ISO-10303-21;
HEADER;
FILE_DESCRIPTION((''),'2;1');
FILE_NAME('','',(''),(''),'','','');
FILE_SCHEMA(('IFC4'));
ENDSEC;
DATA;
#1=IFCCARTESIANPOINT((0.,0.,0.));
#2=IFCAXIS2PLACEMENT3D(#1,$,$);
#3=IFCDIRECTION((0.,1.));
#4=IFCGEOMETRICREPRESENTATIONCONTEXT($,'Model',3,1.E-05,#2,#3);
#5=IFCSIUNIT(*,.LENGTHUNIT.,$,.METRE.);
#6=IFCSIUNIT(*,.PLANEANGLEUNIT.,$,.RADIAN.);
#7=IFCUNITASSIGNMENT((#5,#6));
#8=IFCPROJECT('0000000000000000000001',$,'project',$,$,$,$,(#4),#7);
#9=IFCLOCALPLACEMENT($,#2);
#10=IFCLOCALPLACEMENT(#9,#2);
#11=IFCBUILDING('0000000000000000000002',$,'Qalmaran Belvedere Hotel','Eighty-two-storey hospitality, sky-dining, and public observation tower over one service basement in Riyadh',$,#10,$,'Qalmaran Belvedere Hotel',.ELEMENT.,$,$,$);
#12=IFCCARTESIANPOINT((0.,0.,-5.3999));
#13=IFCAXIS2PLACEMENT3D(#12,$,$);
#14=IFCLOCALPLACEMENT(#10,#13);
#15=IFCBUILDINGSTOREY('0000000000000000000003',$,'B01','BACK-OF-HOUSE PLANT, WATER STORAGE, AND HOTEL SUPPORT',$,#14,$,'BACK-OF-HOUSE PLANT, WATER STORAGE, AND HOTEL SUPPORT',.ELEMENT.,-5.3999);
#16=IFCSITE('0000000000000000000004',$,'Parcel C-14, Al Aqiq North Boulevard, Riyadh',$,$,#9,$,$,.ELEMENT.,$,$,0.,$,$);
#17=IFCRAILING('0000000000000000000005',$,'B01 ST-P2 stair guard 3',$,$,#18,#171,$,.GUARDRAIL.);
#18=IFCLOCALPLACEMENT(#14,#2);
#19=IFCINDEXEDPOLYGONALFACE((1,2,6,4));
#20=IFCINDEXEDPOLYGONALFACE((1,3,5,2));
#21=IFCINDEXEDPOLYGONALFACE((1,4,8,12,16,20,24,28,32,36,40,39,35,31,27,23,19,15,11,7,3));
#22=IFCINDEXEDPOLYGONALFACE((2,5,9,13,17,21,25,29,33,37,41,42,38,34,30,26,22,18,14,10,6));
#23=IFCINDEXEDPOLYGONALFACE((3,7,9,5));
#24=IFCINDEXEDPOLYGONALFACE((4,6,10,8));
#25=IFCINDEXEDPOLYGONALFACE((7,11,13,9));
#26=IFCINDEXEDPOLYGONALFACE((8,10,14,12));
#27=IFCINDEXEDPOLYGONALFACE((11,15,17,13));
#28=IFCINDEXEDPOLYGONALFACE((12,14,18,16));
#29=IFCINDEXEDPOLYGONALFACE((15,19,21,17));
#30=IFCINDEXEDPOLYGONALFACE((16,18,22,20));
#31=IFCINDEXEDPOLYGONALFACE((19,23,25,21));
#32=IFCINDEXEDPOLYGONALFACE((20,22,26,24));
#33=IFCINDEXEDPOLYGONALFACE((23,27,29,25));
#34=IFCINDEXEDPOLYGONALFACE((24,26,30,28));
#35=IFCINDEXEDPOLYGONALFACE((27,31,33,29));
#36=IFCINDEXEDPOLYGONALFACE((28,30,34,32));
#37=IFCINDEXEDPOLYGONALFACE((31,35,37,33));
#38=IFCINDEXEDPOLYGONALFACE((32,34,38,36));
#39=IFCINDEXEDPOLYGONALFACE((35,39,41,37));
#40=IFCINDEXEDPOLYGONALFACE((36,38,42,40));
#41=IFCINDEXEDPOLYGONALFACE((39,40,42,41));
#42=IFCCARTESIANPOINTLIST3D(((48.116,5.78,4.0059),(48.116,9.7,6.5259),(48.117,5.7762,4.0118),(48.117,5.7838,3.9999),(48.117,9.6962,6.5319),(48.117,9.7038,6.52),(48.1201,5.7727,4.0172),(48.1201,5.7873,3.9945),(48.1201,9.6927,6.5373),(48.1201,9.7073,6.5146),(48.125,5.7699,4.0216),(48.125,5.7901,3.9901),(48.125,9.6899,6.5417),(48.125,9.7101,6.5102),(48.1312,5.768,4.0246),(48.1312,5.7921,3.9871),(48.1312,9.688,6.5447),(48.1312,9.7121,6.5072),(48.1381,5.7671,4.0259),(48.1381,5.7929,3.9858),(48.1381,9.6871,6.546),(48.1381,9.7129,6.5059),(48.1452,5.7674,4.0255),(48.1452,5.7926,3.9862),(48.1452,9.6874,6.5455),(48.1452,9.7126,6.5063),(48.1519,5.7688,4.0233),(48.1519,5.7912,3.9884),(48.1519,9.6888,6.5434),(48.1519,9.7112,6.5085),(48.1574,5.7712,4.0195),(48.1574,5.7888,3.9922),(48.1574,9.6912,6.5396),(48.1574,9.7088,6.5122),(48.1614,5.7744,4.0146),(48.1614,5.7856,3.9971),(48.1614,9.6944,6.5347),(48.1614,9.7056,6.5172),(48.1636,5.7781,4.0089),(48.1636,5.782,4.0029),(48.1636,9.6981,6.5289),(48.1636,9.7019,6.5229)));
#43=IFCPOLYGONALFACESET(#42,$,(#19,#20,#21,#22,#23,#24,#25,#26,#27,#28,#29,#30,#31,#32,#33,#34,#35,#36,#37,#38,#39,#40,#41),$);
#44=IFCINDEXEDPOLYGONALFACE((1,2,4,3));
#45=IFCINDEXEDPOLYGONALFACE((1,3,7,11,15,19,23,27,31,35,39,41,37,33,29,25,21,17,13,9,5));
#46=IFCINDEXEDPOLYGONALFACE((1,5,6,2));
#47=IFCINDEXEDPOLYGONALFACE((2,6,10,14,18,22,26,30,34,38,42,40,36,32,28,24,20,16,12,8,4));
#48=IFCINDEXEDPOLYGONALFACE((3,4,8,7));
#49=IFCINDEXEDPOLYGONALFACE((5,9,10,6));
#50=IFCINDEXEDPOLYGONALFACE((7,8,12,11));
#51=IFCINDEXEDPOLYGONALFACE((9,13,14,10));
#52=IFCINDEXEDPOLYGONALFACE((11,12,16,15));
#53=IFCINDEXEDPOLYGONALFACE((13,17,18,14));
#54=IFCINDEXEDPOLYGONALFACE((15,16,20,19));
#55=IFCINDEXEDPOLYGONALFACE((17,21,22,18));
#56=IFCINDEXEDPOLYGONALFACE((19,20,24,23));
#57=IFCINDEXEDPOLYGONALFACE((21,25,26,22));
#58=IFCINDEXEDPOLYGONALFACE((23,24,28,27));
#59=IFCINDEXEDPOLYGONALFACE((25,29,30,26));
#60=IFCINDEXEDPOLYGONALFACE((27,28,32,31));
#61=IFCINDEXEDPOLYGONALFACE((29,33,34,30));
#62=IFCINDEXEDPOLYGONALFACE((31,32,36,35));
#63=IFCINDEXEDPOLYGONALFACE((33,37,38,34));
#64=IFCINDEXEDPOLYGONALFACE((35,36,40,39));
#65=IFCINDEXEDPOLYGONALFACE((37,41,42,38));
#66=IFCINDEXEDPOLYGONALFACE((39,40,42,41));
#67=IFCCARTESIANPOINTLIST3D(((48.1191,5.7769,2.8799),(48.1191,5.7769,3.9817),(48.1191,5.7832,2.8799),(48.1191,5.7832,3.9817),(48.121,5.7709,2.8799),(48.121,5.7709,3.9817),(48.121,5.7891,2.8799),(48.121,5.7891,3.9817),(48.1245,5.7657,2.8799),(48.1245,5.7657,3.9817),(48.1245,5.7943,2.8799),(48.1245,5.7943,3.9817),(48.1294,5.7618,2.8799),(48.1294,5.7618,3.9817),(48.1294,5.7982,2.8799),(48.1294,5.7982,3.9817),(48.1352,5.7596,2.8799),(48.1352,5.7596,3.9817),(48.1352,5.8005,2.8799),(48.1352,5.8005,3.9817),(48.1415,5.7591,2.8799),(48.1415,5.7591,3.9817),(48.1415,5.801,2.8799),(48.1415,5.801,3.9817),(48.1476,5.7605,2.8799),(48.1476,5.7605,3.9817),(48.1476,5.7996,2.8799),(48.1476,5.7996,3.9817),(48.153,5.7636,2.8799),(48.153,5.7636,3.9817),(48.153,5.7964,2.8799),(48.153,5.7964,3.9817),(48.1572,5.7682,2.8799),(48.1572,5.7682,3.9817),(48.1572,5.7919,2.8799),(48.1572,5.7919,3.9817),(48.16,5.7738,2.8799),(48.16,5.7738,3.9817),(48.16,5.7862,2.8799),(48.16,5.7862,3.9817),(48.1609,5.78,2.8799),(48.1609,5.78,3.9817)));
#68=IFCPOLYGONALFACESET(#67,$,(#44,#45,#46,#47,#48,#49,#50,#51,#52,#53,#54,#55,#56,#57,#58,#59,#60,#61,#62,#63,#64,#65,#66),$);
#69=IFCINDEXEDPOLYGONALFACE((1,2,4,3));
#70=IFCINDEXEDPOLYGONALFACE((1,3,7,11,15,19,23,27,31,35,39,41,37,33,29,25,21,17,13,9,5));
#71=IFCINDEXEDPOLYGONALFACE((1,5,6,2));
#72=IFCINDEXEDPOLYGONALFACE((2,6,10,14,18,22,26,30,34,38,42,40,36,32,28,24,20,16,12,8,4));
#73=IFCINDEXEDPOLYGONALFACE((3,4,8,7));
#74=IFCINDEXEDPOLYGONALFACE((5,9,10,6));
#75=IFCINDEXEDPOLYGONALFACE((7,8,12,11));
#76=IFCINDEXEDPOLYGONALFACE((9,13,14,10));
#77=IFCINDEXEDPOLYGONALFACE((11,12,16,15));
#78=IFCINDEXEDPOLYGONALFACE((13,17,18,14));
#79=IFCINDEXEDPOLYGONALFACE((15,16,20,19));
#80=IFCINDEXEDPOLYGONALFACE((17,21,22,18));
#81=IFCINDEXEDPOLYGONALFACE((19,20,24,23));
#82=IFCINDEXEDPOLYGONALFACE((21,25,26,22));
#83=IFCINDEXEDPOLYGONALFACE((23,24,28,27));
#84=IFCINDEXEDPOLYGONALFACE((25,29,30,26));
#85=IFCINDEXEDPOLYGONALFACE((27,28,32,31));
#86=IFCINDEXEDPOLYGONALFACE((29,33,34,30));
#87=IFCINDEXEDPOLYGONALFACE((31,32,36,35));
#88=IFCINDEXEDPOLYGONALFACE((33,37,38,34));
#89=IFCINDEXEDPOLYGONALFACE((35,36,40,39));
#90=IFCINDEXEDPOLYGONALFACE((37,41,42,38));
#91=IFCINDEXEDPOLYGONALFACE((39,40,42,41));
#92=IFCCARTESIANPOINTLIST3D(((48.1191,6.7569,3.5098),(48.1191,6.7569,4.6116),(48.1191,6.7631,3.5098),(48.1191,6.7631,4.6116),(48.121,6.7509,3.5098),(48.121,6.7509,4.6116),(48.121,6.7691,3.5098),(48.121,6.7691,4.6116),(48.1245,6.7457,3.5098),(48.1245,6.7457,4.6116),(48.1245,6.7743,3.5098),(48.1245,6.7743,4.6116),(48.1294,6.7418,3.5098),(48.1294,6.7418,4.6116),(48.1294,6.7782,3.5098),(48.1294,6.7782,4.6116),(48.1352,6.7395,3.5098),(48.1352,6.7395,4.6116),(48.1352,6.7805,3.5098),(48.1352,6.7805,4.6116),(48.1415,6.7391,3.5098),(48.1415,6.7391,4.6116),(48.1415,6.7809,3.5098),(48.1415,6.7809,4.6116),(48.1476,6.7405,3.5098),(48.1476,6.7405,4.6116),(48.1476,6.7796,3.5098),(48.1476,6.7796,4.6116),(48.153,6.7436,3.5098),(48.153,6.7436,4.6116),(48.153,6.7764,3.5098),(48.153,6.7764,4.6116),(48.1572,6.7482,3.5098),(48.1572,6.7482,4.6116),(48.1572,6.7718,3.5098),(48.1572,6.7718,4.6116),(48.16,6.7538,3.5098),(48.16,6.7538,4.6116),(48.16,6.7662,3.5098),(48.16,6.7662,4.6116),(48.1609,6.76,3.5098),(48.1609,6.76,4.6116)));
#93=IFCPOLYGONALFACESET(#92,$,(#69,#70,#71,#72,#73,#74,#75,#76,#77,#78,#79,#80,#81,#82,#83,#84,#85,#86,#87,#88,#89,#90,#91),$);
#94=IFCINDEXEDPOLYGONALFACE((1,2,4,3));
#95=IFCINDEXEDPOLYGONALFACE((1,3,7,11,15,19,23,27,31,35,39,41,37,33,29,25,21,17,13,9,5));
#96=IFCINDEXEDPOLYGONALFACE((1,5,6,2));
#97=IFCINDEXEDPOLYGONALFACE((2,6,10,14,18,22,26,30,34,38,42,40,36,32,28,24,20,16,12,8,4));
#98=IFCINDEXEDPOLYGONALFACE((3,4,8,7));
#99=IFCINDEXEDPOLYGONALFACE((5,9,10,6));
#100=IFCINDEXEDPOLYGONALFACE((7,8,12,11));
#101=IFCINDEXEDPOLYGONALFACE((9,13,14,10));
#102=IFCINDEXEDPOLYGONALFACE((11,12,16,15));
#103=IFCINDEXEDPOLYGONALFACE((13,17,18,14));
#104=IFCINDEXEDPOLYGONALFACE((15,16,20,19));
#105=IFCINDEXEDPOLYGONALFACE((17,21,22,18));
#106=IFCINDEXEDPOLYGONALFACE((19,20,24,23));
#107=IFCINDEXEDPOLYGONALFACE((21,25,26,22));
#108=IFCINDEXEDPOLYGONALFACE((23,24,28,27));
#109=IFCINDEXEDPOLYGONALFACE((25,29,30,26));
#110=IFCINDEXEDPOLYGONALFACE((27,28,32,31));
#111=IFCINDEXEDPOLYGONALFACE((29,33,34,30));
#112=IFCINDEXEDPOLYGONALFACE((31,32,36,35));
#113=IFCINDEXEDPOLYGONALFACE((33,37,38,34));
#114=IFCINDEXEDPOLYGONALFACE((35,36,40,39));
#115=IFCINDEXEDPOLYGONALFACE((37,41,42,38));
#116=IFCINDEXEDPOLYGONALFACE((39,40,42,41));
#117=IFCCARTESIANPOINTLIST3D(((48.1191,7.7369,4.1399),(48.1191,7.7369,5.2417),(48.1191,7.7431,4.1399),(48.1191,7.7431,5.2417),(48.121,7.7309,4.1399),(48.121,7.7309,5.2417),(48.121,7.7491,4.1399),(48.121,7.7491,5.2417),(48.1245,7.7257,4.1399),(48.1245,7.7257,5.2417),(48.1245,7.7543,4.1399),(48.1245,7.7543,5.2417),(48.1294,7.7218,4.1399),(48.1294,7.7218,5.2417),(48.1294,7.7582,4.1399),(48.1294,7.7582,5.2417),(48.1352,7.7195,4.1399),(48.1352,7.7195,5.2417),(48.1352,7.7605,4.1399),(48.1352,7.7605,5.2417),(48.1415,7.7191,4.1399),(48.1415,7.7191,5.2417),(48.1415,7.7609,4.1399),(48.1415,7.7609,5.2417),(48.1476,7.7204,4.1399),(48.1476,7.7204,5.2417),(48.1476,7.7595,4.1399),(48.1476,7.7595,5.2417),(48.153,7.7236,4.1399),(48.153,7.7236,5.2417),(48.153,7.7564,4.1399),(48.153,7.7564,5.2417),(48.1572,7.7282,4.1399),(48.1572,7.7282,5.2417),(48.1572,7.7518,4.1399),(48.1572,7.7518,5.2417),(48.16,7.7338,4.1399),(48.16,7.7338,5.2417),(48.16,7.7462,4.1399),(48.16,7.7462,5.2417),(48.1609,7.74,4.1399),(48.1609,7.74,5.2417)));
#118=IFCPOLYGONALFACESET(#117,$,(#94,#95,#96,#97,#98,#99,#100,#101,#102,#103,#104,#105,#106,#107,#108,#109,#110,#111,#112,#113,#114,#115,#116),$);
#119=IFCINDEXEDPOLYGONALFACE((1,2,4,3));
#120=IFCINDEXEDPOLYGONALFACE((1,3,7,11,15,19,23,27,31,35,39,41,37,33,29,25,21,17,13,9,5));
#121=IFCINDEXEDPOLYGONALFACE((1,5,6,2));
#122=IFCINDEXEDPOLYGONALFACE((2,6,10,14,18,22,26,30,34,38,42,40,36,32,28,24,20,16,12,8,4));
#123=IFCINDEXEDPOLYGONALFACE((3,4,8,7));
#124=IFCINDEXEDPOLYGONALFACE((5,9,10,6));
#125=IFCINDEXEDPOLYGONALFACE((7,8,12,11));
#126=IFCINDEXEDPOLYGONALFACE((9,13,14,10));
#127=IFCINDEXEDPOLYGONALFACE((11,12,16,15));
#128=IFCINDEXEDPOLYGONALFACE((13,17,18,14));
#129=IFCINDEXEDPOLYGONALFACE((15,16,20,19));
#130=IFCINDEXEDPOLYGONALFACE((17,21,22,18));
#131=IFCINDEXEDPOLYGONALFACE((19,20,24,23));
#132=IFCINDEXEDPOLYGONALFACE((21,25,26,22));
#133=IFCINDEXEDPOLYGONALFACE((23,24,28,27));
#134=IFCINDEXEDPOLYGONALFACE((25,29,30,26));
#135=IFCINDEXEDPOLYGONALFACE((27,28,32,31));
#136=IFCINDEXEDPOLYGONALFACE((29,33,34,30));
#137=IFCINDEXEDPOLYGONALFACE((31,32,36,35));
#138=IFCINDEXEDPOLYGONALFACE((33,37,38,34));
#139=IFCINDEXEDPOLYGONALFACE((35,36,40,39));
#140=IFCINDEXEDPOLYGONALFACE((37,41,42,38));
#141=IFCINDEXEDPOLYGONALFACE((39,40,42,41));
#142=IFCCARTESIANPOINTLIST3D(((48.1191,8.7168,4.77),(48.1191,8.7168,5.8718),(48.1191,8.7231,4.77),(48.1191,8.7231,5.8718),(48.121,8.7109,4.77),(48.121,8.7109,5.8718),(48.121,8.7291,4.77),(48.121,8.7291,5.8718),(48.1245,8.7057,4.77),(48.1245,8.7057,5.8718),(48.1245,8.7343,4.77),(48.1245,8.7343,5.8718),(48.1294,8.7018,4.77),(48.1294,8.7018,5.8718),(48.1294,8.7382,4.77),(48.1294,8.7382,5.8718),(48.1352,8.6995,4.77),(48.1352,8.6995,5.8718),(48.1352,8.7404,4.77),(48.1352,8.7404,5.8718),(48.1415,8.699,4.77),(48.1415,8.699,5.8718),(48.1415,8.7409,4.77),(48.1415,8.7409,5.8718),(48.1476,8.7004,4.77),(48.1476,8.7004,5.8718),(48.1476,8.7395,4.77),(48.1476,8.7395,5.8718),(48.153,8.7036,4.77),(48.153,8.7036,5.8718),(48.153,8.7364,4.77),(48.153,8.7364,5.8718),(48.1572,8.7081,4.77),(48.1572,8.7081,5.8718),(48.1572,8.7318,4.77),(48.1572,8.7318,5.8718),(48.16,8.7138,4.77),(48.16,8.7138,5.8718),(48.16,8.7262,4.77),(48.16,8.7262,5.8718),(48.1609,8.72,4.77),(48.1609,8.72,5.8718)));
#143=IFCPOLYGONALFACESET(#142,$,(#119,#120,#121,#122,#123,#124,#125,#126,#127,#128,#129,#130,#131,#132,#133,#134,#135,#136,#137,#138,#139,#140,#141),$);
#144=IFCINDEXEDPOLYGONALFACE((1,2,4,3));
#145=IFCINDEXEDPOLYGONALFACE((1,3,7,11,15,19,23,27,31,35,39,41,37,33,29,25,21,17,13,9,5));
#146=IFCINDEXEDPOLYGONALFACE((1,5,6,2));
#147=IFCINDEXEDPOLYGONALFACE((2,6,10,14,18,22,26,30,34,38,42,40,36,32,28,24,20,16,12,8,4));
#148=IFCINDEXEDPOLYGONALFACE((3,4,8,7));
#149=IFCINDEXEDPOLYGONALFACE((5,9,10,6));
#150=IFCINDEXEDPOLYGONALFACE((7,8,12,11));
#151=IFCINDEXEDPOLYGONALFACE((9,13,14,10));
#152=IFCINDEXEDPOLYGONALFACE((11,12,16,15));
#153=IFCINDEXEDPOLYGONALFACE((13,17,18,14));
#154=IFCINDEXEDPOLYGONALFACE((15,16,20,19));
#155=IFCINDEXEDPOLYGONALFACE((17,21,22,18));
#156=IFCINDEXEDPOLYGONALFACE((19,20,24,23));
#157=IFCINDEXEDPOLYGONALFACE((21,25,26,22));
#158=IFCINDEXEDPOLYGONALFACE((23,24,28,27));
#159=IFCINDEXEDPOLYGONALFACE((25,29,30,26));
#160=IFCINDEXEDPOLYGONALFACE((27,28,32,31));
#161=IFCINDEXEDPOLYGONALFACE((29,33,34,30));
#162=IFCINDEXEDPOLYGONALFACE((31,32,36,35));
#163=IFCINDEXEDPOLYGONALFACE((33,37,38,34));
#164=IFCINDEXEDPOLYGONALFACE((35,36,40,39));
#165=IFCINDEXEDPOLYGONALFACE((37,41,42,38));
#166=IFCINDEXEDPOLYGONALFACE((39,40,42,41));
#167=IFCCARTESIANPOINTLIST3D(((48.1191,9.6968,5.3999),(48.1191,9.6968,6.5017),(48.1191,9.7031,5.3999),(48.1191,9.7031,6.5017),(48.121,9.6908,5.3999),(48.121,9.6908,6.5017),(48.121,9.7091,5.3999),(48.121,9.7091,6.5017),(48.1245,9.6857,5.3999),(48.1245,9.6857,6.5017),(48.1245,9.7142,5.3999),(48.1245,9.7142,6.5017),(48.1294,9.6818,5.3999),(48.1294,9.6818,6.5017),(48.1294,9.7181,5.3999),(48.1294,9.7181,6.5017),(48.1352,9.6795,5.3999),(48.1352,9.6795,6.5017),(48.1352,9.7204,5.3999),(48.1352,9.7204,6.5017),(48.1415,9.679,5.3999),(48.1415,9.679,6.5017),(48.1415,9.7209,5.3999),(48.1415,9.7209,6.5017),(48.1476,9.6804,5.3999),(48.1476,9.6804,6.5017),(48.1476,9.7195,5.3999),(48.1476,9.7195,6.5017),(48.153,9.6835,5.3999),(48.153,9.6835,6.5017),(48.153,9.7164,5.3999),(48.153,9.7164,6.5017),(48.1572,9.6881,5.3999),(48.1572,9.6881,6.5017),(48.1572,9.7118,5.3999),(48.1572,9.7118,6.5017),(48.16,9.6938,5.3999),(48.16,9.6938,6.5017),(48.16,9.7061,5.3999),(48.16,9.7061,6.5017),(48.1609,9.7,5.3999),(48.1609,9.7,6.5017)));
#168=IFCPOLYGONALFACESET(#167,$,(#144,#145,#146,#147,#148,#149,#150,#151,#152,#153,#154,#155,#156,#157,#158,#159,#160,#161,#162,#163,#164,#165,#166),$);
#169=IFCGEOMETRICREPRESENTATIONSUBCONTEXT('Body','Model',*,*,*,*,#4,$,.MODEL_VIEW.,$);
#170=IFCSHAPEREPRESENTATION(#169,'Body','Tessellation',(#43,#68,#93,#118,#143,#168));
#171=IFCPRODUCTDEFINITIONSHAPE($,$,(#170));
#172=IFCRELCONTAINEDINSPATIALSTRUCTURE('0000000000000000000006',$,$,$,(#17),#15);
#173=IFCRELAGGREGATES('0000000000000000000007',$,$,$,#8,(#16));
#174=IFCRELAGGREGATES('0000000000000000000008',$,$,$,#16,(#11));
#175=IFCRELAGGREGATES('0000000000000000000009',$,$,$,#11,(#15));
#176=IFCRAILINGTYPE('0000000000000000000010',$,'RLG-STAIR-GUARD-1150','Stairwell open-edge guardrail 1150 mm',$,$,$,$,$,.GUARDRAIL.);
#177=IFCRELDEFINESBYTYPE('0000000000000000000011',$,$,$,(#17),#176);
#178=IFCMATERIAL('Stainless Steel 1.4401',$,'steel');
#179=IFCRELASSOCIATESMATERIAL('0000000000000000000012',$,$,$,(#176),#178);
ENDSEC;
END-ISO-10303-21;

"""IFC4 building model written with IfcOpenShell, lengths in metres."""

from ifc_helpers import new_model, si_unit, direction, frame, origin, origin_2d, place, context, subcontext, project, spatial, circle, extrude, material, type_object, element, save


model = new_model("IFC4")

# Units and contexts
model_context = context("Model", 3, precision=1e-05, world=origin(), true_north=direction((0.0, 1.0)))
body_context = subcontext(model_context, "Body", "Model", "MODEL_VIEW")
ifc_project = project(units=[si_unit("LENGTHUNIT", "METRE"), si_unit("PLANEANGLEUNIT", "RADIAN")], contexts=[model_context])

# Site, building, storey
site_placement = place(None, origin())
site = spatial("IfcSite", under=ifc_project, at=site_placement, Name="Parcel C-14, Al Aqiq North Boulevard, Riyadh", CompositionType="ELEMENT", RefElevation=0.0)
building_placement = place(site_placement, origin())
building = spatial("IfcBuilding", under=site, at=building_placement, Name="Qalmaran Belvedere Hotel", Description="Eighty-two-storey hospitality, sky-dining, and public observation tower over one service basement in Riyadh", LongName="Qalmaran Belvedere Hotel", CompositionType="ELEMENT")
storey_placement = place(building_placement, frame((0.0, 0.0, -5.3999)))
storey = spatial("IfcBuildingStorey", under=building, at=storey_placement, Name="B01", Description="BACK-OF-HOUSE PLANT, WATER STORAGE, AND HOTEL SUPPORT", LongName="BACK-OF-HOUSE PLANT, WATER STORAGE, AND HOTEL SUPPORT", CompositionType="ELEMENT", Elevation=-5.3999)

# Railing
ifc_material_1 = material(Name="Stainless Steel 1.4401", Category="steel")
railing_type_1 = type_object("IfcRailingType", Name="RLG-STAIR-GUARD-1150", Description="Stairwell open-edge guardrail 1150 mm", PredefinedType="GUARDRAIL", material=ifc_material_1)
railing_1_placement = place(storey_placement, frame((48.1399, 5.78, 2.8799)))
element("IfcRailing", 1, at=railing_1_placement, inside=storey, type_object=railing_type_1, Name="B01 ST-P2 stair guard 3", PredefinedType="GUARDRAIL", context=body_context, shape_type="SweptSolid", body=[
    extrude(circle(Radius=0.0239, at=origin_2d()), frame((0.0, 0.0, 1.126), z_axis=(0.0, 0.841172, 0.540768), x_axis=(-1.0, 0.0, 0.0)), (0.0, 0.0, 1.0), 4.6602),
    extrude(circle(Radius=0.021, at=origin_2d()), origin(), (0.0, 0.0, 1.0), 1.1018),
    extrude(circle(Radius=0.021, at=origin_2d()), frame((0.0, 0.98, 0.6299)), (0.0, 0.0, 1.0), 1.1018),
    extrude(circle(Radius=0.021, at=origin_2d()), frame((0.0, 1.96, 1.26)), (0.0, 0.0, 1.0), 1.1018),
    extrude(circle(Radius=0.021, at=origin_2d()), frame((0.0, 2.9399, 1.8901)), (0.0, 0.0, 1.0), 1.1018),
    extrude(circle(Radius=0.021, at=origin_2d()), frame((0.0, 3.9199, 2.52)), (0.0, 0.0, 1.0), 1.1018),
])

save(model, "model.ifc")
